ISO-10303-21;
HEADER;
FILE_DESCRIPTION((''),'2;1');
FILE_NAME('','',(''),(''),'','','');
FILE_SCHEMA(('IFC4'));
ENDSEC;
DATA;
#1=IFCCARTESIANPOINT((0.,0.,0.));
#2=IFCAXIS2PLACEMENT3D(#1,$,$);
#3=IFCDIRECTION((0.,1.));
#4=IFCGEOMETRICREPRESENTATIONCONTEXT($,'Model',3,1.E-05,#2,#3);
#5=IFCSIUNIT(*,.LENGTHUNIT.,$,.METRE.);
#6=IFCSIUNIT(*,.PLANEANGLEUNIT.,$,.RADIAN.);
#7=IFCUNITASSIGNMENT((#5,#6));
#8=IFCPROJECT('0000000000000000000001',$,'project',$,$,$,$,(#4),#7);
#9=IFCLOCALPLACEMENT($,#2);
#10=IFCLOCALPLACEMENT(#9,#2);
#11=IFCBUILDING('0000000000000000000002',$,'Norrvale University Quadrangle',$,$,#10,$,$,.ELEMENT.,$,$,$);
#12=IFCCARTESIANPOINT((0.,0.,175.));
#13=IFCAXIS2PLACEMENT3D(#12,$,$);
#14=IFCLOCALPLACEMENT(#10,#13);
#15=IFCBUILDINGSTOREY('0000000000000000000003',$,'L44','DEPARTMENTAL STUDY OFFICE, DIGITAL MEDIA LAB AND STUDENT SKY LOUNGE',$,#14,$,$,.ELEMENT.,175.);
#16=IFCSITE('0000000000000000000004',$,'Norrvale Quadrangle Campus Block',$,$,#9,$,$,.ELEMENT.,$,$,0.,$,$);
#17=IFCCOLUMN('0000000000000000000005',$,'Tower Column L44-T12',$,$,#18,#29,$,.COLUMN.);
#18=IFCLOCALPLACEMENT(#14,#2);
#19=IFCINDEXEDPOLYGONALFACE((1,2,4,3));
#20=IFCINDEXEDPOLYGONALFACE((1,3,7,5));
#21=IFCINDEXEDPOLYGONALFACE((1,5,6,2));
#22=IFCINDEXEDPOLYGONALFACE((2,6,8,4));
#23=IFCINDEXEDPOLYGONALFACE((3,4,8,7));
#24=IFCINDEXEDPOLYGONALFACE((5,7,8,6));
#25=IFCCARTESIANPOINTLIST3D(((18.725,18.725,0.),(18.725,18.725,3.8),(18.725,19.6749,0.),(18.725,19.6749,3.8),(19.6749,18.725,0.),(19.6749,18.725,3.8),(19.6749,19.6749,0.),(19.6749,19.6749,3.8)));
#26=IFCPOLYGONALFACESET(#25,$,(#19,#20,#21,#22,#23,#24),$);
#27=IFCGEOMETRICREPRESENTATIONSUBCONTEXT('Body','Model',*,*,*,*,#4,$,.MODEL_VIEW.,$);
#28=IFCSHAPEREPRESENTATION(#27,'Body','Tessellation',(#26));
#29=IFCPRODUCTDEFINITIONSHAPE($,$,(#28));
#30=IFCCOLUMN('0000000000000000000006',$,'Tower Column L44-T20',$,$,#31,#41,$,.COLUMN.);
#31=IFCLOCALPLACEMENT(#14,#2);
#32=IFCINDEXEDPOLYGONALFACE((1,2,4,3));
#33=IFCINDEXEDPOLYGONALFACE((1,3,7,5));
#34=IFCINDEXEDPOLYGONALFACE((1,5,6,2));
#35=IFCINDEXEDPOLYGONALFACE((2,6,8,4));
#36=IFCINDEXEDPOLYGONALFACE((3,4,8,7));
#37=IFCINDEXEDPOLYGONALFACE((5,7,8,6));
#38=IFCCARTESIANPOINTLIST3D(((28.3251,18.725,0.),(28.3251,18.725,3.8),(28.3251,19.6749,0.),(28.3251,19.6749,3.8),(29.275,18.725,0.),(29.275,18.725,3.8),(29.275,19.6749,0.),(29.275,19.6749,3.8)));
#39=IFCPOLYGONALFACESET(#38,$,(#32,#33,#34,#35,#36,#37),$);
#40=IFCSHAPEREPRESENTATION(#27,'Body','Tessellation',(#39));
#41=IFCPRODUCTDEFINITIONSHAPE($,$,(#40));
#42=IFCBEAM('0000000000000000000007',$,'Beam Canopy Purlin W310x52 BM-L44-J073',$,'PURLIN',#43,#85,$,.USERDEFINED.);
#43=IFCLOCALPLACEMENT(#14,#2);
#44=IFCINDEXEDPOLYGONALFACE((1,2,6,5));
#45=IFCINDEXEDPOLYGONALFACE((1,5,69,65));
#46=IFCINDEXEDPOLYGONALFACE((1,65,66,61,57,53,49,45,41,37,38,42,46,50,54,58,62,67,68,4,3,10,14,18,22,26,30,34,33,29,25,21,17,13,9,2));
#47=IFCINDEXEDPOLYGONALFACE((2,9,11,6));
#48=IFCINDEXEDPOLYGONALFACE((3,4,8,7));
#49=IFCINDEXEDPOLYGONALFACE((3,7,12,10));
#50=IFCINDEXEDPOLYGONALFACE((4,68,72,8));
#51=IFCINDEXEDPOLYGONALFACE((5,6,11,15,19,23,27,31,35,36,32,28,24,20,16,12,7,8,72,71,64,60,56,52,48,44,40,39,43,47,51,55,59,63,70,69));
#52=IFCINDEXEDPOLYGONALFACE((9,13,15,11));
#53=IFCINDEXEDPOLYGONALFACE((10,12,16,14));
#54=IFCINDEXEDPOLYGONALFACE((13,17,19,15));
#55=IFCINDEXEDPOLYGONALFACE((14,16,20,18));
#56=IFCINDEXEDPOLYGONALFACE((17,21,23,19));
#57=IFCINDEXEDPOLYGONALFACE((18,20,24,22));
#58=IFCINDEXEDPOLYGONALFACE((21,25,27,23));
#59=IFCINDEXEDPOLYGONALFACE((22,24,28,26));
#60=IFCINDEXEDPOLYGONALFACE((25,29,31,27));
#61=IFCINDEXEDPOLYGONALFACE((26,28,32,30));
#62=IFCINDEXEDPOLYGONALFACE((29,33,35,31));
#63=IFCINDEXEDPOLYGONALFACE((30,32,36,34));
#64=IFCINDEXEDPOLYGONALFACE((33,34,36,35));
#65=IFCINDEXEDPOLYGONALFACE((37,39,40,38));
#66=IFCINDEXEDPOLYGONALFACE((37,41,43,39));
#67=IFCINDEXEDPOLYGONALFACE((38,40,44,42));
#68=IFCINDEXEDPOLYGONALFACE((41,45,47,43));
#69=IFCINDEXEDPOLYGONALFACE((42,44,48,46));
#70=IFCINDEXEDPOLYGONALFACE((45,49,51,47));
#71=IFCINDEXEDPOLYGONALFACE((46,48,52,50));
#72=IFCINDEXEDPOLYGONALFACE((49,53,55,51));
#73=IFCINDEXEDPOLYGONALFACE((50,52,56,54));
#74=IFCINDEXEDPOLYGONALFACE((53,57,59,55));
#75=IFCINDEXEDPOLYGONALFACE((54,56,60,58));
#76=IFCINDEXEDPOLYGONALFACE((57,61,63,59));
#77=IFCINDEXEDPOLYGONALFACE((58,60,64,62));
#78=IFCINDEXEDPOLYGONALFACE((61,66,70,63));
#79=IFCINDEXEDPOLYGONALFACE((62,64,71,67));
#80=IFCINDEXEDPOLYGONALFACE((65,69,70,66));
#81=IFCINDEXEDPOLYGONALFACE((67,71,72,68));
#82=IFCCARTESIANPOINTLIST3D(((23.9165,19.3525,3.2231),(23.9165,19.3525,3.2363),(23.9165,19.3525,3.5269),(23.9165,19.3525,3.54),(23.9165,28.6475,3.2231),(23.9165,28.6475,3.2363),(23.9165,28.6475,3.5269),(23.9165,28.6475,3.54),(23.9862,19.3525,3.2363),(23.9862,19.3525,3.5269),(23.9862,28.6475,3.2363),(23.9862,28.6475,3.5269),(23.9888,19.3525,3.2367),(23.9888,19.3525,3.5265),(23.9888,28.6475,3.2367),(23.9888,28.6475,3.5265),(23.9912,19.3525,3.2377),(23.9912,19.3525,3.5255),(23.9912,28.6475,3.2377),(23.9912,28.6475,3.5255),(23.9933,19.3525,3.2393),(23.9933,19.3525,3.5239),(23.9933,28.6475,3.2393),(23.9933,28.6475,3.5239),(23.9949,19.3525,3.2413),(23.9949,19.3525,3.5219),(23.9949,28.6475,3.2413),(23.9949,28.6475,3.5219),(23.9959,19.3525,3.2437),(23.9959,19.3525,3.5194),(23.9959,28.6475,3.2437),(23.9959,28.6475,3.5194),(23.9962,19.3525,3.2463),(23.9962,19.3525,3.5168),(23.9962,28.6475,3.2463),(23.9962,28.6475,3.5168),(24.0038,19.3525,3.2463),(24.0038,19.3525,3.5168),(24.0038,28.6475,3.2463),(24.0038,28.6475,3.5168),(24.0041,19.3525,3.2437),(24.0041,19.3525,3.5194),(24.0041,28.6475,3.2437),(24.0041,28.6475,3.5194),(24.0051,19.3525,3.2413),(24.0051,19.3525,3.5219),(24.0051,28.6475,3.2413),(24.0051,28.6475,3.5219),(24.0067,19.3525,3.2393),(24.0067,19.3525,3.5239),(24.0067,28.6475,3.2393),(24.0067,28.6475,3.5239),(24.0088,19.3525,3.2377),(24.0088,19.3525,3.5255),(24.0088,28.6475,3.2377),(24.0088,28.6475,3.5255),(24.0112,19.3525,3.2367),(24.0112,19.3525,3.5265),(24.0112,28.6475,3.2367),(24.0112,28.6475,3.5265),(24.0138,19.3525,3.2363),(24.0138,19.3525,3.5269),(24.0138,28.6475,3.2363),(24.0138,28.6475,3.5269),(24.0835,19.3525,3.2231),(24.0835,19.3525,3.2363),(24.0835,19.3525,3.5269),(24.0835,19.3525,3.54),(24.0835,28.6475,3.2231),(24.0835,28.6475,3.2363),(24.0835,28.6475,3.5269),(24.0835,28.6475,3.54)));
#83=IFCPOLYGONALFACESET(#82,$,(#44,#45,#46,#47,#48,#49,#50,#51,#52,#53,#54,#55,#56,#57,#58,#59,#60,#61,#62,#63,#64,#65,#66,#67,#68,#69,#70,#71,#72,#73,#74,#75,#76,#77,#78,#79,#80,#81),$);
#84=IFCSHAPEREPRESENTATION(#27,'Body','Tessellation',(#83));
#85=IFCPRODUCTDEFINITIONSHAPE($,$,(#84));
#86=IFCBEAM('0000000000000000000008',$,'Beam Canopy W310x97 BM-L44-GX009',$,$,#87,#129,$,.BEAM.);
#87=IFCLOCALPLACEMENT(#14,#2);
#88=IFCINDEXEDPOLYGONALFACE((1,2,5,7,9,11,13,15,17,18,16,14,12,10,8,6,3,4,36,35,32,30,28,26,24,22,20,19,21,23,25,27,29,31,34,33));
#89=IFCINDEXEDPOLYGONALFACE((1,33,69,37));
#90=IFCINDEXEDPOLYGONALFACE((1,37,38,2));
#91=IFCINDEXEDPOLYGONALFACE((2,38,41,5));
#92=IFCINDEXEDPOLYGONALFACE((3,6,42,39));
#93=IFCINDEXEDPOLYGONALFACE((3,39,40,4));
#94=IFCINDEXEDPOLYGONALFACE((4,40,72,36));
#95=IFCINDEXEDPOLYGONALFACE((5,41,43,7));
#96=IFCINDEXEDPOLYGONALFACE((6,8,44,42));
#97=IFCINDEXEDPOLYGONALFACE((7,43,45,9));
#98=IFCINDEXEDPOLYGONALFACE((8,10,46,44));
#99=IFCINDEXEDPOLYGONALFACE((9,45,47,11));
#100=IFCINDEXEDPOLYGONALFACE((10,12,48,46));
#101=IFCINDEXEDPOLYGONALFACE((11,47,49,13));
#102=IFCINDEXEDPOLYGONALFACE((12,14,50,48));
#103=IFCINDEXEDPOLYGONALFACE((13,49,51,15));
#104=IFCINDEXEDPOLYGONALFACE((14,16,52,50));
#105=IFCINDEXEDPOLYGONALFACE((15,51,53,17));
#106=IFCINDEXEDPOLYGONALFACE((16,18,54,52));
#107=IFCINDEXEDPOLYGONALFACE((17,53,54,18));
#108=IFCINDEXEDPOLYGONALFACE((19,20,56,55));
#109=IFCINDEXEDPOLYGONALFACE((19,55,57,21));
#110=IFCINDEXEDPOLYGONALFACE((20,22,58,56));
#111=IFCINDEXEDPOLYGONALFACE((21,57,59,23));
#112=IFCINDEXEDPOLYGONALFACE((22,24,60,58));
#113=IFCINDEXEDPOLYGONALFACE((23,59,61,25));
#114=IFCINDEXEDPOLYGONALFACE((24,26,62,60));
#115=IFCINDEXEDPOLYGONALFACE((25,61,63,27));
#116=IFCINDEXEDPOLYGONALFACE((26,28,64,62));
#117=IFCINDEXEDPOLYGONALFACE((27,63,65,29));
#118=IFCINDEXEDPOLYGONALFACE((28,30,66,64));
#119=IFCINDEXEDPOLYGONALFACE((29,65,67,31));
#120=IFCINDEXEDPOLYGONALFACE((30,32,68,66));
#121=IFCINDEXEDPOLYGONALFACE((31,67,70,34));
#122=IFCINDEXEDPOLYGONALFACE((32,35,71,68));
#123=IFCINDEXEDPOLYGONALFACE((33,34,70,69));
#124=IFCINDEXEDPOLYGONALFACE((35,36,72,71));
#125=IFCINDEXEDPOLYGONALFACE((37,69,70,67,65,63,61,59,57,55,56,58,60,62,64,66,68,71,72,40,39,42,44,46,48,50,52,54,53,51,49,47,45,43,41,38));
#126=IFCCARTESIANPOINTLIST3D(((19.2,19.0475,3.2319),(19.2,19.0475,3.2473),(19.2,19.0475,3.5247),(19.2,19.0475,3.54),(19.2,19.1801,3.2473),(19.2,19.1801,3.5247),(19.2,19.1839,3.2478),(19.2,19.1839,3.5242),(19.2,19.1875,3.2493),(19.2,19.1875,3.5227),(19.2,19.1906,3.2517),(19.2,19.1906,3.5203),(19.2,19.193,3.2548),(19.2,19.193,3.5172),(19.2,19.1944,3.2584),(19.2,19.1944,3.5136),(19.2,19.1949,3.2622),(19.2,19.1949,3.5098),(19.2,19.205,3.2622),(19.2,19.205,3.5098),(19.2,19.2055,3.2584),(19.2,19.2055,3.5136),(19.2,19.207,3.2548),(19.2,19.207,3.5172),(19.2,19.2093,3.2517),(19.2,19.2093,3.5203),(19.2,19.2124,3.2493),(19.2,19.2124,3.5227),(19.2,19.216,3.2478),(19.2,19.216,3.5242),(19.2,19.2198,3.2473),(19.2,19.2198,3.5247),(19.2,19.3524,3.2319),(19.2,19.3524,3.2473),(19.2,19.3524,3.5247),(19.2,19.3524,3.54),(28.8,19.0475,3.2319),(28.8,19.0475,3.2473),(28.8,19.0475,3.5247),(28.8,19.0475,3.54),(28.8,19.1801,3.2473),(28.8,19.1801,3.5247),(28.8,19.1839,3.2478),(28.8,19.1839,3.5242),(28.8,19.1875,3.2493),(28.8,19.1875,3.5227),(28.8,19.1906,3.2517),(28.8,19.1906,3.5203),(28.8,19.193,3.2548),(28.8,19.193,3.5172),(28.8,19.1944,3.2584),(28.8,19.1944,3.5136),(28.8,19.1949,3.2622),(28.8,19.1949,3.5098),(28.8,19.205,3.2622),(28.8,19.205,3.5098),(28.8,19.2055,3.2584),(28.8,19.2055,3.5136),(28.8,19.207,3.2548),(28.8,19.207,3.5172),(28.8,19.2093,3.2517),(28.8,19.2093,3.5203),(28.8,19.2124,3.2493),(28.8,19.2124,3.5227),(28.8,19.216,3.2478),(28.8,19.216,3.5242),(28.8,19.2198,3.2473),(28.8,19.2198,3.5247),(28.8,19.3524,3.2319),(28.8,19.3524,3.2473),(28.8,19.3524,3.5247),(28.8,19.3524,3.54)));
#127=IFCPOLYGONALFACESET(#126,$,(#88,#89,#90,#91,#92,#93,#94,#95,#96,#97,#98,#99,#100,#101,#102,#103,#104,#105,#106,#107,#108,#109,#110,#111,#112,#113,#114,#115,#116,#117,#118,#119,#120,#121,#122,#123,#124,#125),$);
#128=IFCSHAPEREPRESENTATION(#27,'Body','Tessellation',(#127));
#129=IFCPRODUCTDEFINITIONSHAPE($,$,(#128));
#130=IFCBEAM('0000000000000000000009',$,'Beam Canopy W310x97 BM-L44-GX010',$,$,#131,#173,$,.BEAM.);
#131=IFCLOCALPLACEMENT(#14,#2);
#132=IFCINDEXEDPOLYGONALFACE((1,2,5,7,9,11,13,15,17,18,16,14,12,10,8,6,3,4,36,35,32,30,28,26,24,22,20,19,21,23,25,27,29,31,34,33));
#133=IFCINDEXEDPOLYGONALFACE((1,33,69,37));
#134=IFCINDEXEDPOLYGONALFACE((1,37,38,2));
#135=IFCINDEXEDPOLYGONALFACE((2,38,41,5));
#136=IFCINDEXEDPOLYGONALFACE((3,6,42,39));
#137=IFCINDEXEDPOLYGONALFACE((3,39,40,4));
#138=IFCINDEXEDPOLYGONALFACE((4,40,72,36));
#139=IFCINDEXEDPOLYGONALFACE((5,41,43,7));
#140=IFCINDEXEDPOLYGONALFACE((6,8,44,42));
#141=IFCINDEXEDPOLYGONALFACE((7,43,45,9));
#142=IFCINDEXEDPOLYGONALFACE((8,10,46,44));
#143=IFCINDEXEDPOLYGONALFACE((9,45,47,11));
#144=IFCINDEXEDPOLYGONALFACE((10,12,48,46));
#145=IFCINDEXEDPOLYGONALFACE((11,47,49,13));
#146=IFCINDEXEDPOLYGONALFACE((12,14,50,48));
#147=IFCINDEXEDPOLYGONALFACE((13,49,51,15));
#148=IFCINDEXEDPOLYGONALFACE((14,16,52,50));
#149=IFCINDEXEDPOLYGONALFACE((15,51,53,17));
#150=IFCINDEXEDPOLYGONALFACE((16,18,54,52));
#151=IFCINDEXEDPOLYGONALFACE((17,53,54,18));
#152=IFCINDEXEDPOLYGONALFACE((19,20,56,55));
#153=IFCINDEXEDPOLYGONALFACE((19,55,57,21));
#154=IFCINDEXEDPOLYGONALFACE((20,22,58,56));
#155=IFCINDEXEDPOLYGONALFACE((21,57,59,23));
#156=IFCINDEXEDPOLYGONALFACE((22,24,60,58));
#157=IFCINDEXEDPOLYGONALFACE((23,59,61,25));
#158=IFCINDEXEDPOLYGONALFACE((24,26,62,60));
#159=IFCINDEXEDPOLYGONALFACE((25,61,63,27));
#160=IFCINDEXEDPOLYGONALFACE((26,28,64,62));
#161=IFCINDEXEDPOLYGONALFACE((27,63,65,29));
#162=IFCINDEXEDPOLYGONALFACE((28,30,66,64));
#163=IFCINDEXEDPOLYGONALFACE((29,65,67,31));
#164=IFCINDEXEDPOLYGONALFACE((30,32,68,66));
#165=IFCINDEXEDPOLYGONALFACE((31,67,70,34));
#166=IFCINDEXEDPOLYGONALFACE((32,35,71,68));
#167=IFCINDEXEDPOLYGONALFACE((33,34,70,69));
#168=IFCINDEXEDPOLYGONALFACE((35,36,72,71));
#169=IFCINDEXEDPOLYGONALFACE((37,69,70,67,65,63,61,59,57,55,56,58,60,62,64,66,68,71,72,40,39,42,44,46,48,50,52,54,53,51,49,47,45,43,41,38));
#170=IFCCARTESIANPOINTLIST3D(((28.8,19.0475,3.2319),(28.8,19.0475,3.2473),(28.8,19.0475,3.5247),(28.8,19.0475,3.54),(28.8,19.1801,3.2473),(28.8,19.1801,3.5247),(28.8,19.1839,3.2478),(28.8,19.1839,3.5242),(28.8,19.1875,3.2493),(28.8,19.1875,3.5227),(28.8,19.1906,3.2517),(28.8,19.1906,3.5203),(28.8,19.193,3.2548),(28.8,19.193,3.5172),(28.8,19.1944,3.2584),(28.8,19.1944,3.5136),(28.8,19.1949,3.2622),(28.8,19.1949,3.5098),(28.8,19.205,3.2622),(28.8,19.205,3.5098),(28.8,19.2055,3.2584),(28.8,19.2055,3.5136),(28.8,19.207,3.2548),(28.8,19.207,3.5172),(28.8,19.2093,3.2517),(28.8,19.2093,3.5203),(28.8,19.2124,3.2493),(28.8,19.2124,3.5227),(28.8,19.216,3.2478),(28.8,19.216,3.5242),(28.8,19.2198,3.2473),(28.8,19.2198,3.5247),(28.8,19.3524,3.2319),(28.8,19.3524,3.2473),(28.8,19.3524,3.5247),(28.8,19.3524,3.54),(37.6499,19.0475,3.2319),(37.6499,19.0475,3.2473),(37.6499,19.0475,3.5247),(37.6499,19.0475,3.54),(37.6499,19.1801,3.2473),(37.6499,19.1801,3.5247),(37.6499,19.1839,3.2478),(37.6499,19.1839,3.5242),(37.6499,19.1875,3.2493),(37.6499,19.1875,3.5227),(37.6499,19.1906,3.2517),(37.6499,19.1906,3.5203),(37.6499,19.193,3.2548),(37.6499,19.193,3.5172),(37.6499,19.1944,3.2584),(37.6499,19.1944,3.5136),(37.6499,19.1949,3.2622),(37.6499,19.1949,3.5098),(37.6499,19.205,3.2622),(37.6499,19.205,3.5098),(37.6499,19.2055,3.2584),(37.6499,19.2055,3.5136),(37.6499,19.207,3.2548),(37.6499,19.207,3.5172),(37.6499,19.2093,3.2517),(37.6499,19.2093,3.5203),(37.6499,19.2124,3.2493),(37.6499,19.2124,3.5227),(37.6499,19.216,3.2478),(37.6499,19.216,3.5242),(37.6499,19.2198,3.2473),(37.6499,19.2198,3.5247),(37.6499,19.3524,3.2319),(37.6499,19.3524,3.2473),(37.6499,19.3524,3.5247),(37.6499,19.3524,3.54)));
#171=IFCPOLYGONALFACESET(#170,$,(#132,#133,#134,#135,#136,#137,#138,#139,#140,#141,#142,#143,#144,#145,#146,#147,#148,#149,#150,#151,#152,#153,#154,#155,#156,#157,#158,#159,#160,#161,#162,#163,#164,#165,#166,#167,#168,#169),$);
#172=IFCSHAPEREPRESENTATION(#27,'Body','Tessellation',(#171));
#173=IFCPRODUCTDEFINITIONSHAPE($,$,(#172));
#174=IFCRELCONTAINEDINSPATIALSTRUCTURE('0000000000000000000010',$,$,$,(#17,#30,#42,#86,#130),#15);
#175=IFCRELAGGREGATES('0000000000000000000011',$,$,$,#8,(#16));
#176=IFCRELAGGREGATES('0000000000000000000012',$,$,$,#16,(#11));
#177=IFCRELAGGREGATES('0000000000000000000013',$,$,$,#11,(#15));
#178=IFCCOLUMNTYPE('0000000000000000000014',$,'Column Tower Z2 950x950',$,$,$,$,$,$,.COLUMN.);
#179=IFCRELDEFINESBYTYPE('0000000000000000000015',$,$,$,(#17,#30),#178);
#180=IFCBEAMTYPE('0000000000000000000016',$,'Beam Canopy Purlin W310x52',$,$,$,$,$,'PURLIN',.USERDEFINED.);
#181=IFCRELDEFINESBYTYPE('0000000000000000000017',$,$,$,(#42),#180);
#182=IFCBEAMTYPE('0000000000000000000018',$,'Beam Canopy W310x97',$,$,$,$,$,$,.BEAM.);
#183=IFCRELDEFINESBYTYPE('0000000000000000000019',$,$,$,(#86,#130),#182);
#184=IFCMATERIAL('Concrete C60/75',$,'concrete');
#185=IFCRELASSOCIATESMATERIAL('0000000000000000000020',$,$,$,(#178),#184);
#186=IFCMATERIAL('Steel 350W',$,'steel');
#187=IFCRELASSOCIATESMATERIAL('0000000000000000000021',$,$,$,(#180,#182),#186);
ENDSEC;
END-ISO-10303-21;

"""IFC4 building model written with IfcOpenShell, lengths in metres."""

from ifc_helpers import new_model, si_unit, direction, frame, origin, origin_2d, place, context, subcontext, project, spatial, rectangle, i_section, extrude, material, material_profile, profile_set, type_object, element, save


model = new_model("IFC4")

# Units and contexts
model_context = context("Model", 3, precision=1e-05, world=origin(), true_north=direction((0.0, 1.0)))
body_context = subcontext(model_context, "Body", "Model", "MODEL_VIEW")
ifc_project = project(units=[si_unit("LENGTHUNIT", "METRE"), si_unit("PLANEANGLEUNIT", "RADIAN")], contexts=[model_context])

# Site, building, storey
site_placement = place(None, origin())
site = spatial("IfcSite", under=ifc_project, at=site_placement, Name="Norrvale Quadrangle Campus Block", CompositionType="ELEMENT", RefElevation=0.0)
building_placement = place(site_placement, origin())
building = spatial("IfcBuilding", under=site, at=building_placement, Name="Norrvale University Quadrangle", CompositionType="ELEMENT")
storey_placement = place(building_placement, frame((0.0, 0.0, 175.0)))
storey = spatial("IfcBuildingStorey", under=building, at=storey_placement, Name="L44", Description="DEPARTMENTAL STUDY OFFICE, DIGITAL MEDIA LAB AND STUDENT SKY LOUNGE", CompositionType="ELEMENT", Elevation=175.0)

# Columns
ifc_material_1 = material(Name="Concrete C60/75", Category="concrete")
ifc_material_profile_1 = material_profile(ifc_material_1, rectangle(XDim=0.95, YDim=0.95, at=origin_2d()), Name="Concrete C60/75")
ifc_profile_set_1 = profile_set([ifc_material_profile_1], Name="Concrete C60/75")
column_type = type_object("IfcColumnType", Name="Column Tower Z2 950x950", PredefinedType="COLUMN", material=ifc_profile_set_1)
for number, where, z_axis, x_axis, name in (
    (1, (19.2, 19.2, 0.0), (0.0, 0.0, 1.0), (1.0, 0.0, 0.0), "Tower Column L44-T12"),
    (2, (28.8, 19.2, 0.0), (0.0, 0.0, 1.0), (1.0, 0.0, 0.0), "Tower Column L44-T20"),
):
    element("IfcColumn", number, at=place(storey_placement, frame(where, z_axis=z_axis, x_axis=x_axis)), inside=storey, type_object=column_type, Name=name, PredefinedType="COLUMN", context=body_context, shape_type="SweptSolid", body=[
        extrude(rectangle(XDim=0.95, YDim=0.95, at=origin_2d()), origin(), (0.0, 0.0, 1.0), 3.8),
    ])

# Beams
ifc_material_2 = material(Name="Steel 350W", Category="steel")
ifc_material_profile_2 = material_profile(ifc_material_2, i_section(OverallWidth=0.167, OverallDepth=0.3169, WebThickness=0.0076, FlangeThickness=0.0132, FilletRadius=0.01, at=origin_2d()), Name="Steel 350W")
ifc_profile_set_2 = profile_set([ifc_material_profile_2], Name="Steel 350W")
beam_type_1 = type_object("IfcBeamType", Name="Beam Canopy Purlin W310x52", ElementType="PURLIN", PredefinedType="USERDEFINED", material=ifc_profile_set_2)
beam_1_placement = place(storey_placement, frame((24.0, 19.3525, 3.3816), z_axis=(0.0, 1.0, 0.0), x_axis=(-1.0, 0.0, 0.0)))
element("IfcBeam", 3, at=beam_1_placement, inside=storey, type_object=beam_type_1, Name="Beam Canopy Purlin W310x52 BM-L44-J073", ObjectType="PURLIN", PredefinedType="USERDEFINED", context=body_context, shape_type="SweptSolid", body=[
    extrude(i_section(OverallWidth=0.167, OverallDepth=0.3169, WebThickness=0.0076, FlangeThickness=0.0132, FilletRadius=0.01, at=origin_2d()), origin(), (0.0, 0.0, 1.0), 9.2949),
])
ifc_material_profile_3 = material_profile(ifc_material_2, i_section(OverallWidth=0.3049, OverallDepth=0.3081, WebThickness=0.01, FlangeThickness=0.0154, FilletRadius=0.0149, at=origin_2d()), Name="Steel 350W")
ifc_profile_set_3 = profile_set([ifc_material_profile_3], Name="Steel 350W")
beam_type_2 = type_object("IfcBeamType", Name="Beam Canopy W310x97", PredefinedType="BEAM", material=ifc_profile_set_3)
beam_2_placement = place(storey_placement, frame((19.2, 19.2, 3.386), z_axis=(1.0, 0.0, 0.0), x_axis=(0.0, 1.0, 0.0)))
element("IfcBeam", 4, at=beam_2_placement, inside=storey, type_object=beam_type_2, Name="Beam Canopy W310x97 BM-L44-GX009", PredefinedType="BEAM", context=body_context, shape_type="SweptSolid", body=[
    extrude(i_section(OverallWidth=0.3049, OverallDepth=0.3081, WebThickness=0.01, FlangeThickness=0.0154, FilletRadius=0.0149, at=origin_2d()), origin(), (0.0, 0.0, 1.0), 9.6001),
])
beam_3_placement = place(storey_placement, frame((28.8, 19.2, 3.386), z_axis=(1.0, 0.0, 0.0), x_axis=(0.0, 1.0, 0.0)))
element("IfcBeam", 5, at=beam_3_placement, inside=storey, type_object=beam_type_2, Name="Beam Canopy W310x97 BM-L44-GX010", PredefinedType="BEAM", context=body_context, shape_type="SweptSolid", body=[
    extrude(i_section(OverallWidth=0.3049, OverallDepth=0.3081, WebThickness=0.01, FlangeThickness=0.0154, FilletRadius=0.0149, at=origin_2d()), origin(), (0.0, 0.0, 1.0), 8.8499),
])

save(model, "model.ifc")
